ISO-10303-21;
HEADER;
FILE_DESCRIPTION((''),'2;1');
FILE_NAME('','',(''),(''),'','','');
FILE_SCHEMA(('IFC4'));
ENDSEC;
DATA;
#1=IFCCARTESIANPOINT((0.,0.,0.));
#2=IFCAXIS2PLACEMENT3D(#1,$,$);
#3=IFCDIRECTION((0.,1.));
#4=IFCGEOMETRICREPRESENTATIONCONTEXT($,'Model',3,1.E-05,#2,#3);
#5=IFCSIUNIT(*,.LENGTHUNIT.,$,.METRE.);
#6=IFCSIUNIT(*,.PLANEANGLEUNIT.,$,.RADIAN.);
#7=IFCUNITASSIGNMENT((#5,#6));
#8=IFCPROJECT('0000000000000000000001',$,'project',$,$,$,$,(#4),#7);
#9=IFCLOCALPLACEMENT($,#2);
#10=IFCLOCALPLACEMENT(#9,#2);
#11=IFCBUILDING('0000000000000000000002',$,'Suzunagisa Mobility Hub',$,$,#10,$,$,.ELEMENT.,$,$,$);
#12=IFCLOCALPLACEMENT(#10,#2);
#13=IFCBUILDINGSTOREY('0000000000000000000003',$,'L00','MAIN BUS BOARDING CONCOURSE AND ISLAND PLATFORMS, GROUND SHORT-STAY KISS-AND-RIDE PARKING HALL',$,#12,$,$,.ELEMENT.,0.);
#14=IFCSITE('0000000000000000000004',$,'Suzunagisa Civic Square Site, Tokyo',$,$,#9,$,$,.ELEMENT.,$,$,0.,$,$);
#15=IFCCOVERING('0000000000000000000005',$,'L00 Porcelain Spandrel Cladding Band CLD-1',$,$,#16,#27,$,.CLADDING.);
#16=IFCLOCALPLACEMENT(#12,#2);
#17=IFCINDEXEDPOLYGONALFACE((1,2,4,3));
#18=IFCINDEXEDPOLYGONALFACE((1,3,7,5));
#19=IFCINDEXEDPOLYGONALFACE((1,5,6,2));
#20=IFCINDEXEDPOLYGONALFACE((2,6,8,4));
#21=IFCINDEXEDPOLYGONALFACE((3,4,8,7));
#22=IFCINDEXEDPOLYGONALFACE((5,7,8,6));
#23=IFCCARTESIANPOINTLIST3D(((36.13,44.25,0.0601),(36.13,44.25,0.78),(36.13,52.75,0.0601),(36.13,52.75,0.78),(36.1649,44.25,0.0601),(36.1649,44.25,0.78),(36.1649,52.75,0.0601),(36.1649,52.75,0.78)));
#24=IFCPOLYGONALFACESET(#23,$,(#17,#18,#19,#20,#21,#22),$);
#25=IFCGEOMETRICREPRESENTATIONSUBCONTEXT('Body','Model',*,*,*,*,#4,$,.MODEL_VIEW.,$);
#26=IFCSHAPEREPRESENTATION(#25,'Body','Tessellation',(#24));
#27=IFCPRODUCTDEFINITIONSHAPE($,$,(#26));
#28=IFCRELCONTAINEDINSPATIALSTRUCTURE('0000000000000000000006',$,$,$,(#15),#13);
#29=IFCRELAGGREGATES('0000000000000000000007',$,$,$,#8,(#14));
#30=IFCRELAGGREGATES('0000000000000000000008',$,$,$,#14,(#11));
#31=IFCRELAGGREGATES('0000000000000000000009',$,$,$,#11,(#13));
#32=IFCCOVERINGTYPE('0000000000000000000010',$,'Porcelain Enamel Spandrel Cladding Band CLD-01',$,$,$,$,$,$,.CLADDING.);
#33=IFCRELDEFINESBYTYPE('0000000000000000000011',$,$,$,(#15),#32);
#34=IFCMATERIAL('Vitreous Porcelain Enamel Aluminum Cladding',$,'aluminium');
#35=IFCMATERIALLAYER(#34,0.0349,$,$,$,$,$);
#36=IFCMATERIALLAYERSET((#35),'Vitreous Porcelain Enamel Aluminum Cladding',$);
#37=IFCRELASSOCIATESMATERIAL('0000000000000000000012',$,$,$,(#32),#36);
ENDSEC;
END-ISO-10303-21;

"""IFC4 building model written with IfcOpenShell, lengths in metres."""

from ifc_helpers import new_model, si_unit, direction, frame, origin, origin_2d, place, context, subcontext, project, spatial, rectangle, extrude, material, layer, layer_set, type_object, element, save


model = new_model("IFC4")

# Units and contexts
model_context = context("Model", 3, precision=1e-05, world=origin(), true_north=direction((0.0, 1.0)))
body_context = subcontext(model_context, "Body", "Model", "MODEL_VIEW")
ifc_project = project(units=[si_unit("LENGTHUNIT", "METRE"), si_unit("PLANEANGLEUNIT", "RADIAN")], contexts=[model_context])

# Site, building, storey
site_placement = place(None, origin())
site = spatial("IfcSite", under=ifc_project, at=site_placement, Name="Suzunagisa Civic Square Site, Tokyo", CompositionType="ELEMENT", RefElevation=0.0)
building_placement = place(site_placement, origin())
building = spatial("IfcBuilding", under=site, at=building_placement, Name="Suzunagisa Mobility Hub", CompositionType="ELEMENT")
storey_placement = place(building_placement, origin())
storey = spatial("IfcBuildingStorey", under=building, at=storey_placement, Name="L00", Description="MAIN BUS BOARDING CONCOURSE AND ISLAND PLATFORMS, GROUND SHORT-STAY KISS-AND-RIDE PARKING HALL", CompositionType="ELEMENT", Elevation=0.0)

# Covering
ifc_material_1 = material(Name="Vitreous Porcelain Enamel Aluminum Cladding", Category="aluminium")
ifc_layer_1 = layer(ifc_material_1, 0.0349)
ifc_layer_set_1 = layer_set([ifc_layer_1], Name="Vitreous Porcelain Enamel Aluminum Cladding")
covering_type = type_object("IfcCoveringType", Name="Porcelain Enamel Spandrel Cladding Band CLD-01", PredefinedType="CLADDING", material=ifc_layer_set_1)
covering_placement = place(storey_placement, frame((36.1475, 48.5, 0.0601), z_axis=(0.0, 0.0, 1.0), x_axis=(0.0, 1.0, 0.0)))
element("IfcCovering", 1, at=covering_placement, inside=storey, type_object=covering_type, Name="L00 Porcelain Spandrel Cladding Band CLD-1", PredefinedType="CLADDING", context=body_context, shape_type="SweptSolid", body=[
    extrude(rectangle(XDim=8.5, YDim=0.0349, at=origin_2d()), origin(), (0.0, 0.0, 1.0), 0.72),
])

save(model, "model.ifc")
